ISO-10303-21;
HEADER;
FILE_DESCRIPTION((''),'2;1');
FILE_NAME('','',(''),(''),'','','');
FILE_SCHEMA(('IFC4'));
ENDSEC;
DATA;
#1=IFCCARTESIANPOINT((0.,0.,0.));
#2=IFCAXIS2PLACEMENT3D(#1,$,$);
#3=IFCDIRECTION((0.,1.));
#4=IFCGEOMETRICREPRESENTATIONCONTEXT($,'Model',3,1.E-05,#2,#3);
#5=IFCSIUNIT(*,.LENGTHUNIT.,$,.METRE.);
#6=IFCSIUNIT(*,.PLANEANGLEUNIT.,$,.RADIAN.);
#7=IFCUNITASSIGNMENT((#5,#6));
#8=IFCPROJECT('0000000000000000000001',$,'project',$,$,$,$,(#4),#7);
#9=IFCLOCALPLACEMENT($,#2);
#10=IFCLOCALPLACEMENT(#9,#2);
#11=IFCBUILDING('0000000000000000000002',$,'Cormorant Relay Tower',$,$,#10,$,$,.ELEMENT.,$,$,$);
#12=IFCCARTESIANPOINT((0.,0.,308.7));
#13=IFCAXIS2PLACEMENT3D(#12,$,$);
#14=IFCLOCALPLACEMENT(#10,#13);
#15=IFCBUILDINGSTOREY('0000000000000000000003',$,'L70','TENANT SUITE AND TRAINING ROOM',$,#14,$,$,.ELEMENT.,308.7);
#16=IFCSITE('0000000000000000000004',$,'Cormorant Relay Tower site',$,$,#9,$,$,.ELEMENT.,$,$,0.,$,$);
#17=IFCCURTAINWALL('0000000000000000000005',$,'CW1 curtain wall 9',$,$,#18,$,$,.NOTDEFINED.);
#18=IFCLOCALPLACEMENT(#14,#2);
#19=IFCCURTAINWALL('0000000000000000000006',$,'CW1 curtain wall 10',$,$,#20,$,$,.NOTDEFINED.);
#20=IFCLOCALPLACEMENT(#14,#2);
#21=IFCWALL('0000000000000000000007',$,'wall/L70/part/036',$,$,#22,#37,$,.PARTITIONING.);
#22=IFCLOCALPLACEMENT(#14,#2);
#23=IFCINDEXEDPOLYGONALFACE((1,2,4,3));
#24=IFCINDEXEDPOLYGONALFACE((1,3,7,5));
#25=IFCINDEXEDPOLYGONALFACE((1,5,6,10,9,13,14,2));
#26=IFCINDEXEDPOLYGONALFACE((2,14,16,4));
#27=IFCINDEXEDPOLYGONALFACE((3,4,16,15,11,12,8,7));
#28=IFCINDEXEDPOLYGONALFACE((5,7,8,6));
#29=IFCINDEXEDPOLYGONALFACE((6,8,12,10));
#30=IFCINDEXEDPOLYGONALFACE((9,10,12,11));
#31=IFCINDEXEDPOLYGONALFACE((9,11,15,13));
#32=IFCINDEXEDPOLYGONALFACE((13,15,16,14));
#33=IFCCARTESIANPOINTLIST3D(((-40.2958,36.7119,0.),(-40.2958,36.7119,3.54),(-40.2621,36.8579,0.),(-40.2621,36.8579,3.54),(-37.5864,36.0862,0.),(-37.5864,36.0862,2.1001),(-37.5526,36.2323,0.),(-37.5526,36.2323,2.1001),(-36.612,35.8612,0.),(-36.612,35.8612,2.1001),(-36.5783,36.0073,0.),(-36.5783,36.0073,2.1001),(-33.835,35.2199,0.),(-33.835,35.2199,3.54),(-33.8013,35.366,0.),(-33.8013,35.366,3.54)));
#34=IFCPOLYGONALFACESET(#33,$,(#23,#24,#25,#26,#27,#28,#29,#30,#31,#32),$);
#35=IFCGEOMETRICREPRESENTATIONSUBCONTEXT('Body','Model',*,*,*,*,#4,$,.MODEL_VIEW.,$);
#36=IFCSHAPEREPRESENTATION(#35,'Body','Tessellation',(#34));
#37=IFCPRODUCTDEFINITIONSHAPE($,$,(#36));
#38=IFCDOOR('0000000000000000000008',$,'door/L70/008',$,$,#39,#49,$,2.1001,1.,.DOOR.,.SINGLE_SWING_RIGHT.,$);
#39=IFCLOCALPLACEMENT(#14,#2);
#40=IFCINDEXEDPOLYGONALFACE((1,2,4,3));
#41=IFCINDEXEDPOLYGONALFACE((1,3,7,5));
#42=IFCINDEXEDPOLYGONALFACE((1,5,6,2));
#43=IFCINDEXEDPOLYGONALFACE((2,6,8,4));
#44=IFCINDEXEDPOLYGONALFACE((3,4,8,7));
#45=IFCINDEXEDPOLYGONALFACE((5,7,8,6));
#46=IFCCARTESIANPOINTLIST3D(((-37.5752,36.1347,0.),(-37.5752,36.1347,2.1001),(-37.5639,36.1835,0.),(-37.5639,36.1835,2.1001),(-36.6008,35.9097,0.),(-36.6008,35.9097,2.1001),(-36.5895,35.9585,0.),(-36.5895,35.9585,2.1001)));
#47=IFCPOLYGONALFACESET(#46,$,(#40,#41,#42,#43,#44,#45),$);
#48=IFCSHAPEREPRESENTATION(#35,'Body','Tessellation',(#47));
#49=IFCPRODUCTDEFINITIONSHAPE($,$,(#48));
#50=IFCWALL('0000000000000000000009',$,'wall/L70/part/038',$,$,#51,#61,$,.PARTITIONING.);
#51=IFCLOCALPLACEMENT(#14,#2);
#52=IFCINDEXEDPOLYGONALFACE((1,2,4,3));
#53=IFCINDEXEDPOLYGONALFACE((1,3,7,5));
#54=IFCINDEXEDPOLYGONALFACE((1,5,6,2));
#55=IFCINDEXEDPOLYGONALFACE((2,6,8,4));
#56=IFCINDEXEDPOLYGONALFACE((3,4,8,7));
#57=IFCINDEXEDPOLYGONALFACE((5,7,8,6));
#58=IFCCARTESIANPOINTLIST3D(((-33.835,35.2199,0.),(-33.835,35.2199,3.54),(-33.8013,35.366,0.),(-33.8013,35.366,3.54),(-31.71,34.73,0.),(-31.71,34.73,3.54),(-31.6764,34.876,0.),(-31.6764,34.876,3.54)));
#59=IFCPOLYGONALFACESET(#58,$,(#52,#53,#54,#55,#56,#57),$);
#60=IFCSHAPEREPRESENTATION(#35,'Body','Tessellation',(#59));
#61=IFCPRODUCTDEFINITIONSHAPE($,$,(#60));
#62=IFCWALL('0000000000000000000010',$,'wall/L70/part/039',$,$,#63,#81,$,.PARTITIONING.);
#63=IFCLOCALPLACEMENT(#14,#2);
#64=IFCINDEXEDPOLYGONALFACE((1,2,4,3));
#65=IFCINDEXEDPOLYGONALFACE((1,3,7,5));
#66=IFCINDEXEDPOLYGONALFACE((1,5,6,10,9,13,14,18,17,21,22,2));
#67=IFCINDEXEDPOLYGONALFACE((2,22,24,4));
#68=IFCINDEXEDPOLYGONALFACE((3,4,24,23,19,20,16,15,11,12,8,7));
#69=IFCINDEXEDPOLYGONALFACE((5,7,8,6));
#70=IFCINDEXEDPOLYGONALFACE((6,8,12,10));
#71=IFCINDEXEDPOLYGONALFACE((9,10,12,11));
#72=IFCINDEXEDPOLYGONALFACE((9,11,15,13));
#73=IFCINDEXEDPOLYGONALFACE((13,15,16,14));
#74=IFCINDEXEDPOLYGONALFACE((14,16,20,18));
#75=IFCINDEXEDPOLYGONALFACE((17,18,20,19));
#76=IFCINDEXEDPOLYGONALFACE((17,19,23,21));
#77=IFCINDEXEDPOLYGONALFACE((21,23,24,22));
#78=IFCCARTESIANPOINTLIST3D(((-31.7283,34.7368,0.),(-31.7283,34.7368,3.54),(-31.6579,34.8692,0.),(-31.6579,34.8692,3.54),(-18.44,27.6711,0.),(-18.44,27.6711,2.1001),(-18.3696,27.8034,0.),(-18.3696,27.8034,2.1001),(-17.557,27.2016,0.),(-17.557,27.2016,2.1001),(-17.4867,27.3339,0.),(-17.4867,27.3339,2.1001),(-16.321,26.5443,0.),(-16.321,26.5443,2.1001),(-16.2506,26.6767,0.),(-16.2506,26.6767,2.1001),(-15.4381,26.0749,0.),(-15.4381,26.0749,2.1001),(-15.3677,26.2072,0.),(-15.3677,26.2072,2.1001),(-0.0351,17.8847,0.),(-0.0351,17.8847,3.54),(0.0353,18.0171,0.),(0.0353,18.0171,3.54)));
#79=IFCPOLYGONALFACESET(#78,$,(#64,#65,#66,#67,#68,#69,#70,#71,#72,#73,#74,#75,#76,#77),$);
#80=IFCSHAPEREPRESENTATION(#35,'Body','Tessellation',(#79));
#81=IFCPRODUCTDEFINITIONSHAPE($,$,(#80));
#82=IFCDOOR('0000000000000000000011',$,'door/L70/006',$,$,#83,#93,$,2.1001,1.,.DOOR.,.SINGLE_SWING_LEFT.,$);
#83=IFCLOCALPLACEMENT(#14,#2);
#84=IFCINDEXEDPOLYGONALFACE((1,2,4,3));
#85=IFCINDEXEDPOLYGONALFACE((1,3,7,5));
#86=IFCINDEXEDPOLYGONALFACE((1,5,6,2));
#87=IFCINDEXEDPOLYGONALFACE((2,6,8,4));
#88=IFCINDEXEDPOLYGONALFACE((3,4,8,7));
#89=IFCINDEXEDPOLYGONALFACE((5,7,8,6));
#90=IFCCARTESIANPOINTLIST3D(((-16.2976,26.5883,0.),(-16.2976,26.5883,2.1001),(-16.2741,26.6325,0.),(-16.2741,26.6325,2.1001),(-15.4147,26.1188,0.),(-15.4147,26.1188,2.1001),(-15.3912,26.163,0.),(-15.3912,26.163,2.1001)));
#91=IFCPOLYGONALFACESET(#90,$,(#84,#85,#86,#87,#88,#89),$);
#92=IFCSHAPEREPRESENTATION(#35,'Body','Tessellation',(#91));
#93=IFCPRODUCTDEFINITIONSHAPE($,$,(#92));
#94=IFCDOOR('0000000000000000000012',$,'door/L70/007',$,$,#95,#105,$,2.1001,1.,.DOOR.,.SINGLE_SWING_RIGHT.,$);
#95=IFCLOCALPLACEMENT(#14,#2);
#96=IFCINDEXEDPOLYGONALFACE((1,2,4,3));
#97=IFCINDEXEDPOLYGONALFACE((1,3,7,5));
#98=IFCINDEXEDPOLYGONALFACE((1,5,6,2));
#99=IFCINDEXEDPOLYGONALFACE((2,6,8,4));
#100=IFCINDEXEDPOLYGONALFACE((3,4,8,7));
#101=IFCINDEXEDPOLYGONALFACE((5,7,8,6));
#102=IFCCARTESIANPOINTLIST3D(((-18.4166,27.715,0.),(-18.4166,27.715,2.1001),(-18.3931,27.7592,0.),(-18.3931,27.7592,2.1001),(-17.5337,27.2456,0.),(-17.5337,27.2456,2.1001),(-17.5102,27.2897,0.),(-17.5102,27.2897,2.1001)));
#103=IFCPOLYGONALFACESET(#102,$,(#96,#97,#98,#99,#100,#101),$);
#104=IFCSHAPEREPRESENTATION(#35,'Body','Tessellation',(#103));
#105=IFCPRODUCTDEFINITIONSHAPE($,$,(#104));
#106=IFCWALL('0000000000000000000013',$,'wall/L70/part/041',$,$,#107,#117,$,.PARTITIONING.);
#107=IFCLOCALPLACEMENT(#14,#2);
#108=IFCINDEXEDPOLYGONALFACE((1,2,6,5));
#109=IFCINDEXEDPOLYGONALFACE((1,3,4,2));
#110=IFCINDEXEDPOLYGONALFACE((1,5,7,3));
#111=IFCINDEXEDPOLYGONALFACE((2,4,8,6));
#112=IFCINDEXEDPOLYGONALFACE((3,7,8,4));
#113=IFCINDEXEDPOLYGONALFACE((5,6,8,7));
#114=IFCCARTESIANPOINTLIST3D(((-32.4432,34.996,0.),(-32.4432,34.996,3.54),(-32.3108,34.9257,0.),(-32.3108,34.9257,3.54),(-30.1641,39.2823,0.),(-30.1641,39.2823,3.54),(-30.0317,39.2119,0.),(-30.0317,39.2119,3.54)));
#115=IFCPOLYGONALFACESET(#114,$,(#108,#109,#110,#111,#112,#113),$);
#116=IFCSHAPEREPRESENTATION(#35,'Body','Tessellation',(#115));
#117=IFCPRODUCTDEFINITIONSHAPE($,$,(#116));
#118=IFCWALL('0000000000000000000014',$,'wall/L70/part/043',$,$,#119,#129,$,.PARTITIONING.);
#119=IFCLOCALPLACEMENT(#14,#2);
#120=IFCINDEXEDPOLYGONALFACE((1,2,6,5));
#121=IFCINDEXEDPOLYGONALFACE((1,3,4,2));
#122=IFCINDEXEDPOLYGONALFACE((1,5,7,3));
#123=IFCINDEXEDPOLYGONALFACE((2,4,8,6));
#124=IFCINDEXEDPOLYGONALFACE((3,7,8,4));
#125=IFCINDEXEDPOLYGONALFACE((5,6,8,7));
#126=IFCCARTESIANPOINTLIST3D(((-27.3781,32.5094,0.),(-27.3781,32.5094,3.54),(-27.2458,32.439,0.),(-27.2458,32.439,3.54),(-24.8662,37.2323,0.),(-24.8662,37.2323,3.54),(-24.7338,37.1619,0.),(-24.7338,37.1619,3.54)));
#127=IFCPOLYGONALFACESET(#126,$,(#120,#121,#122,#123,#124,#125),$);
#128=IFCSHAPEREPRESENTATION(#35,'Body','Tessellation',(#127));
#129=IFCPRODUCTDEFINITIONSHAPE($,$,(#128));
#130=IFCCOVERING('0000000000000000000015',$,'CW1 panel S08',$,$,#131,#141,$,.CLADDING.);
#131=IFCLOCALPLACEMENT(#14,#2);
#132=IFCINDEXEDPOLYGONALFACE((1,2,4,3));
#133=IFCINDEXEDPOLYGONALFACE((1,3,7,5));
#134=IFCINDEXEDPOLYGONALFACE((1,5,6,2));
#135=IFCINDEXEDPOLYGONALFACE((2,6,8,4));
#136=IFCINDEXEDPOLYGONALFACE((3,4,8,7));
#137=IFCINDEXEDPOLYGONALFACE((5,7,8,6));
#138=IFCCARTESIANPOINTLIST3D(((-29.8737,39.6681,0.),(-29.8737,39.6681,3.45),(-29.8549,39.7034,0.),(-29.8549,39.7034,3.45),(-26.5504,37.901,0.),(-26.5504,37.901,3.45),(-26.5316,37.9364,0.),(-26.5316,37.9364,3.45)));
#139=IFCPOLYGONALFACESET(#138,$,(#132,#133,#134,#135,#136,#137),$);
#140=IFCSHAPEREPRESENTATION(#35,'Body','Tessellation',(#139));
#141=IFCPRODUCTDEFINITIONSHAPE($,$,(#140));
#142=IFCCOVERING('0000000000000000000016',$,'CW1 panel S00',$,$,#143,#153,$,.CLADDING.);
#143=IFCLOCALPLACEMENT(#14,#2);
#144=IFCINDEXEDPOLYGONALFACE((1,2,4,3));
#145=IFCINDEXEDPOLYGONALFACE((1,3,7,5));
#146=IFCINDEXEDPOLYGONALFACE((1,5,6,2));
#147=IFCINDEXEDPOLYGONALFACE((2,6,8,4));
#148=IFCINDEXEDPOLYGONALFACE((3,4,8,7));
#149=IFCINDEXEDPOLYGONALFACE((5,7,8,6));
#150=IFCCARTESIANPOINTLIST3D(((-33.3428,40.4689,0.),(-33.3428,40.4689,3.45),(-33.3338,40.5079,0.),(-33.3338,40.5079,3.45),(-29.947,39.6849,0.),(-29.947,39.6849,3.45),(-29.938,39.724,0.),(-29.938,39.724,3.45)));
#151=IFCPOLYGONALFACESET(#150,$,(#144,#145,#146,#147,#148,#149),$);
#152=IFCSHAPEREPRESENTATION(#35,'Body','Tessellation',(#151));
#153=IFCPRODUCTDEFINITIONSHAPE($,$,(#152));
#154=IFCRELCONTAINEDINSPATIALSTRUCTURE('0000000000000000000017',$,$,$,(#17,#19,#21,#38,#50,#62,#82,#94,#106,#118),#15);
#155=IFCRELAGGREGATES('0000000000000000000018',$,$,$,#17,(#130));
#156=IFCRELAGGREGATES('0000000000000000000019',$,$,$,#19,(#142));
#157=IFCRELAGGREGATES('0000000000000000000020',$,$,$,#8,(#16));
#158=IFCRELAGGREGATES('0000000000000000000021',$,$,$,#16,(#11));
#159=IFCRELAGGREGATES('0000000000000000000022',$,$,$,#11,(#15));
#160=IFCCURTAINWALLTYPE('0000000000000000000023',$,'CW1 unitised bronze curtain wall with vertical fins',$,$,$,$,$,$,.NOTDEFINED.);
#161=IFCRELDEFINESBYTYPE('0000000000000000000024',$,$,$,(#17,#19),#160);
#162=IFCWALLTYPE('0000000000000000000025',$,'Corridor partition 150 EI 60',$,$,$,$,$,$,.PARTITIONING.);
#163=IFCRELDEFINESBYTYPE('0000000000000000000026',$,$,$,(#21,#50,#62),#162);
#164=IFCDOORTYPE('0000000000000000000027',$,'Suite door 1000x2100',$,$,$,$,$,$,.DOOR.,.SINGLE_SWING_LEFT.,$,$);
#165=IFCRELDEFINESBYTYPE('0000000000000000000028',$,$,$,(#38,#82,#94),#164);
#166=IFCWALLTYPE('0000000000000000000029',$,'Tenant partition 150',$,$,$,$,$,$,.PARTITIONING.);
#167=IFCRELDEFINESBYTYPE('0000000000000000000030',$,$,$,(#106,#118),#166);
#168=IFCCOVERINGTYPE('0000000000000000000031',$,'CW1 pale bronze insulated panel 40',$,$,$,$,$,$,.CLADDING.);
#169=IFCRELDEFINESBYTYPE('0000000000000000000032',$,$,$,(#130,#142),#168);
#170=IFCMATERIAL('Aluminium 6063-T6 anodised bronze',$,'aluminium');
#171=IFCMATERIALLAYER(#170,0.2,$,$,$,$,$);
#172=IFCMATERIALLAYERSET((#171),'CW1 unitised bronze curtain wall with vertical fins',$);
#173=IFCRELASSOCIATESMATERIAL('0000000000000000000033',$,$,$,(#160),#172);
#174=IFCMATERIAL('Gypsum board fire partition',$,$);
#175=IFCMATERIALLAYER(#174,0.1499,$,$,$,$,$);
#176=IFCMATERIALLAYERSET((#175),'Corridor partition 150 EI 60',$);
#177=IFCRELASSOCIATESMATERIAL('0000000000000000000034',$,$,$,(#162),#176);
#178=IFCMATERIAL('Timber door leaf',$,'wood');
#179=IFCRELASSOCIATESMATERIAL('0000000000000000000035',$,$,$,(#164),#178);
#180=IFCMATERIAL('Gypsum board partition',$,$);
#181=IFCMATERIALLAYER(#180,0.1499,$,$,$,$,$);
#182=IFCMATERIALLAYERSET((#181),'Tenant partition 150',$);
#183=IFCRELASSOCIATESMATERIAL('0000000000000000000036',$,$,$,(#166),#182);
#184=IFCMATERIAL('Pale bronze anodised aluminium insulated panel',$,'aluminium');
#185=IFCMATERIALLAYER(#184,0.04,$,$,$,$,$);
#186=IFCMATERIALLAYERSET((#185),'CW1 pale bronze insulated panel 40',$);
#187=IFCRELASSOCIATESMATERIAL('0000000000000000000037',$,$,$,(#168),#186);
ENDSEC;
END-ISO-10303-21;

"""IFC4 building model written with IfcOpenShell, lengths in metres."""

from ifc_helpers import new_model, si_unit, direction, frame, frame_2d, origin, origin_2d, place, context, subcontext, project, spatial, rectangle, extrude, material, layer, layer_set, type_object, element, fill, aggregate, save


model = new_model("IFC4")

# Units and contexts
model_context = context("Model", 3, precision=1e-05, world=origin(), true_north=direction((0.0, 1.0)))
body_context = subcontext(model_context, "Body", "Model", "MODEL_VIEW")
ifc_project = project(units=[si_unit("LENGTHUNIT", "METRE"), si_unit("PLANEANGLEUNIT", "RADIAN")], contexts=[model_context])

# Site, building, storey
site_placement = place(None, origin())
site = spatial("IfcSite", under=ifc_project, at=site_placement, Name="Cormorant Relay Tower site", CompositionType="ELEMENT", RefElevation=0.0)
building_placement = place(site_placement, origin())
building = spatial("IfcBuilding", under=site, at=building_placement, Name="Cormorant Relay Tower", CompositionType="ELEMENT")
storey_placement = place(building_placement, frame((0.0, 0.0, 308.7)))
storey = spatial("IfcBuildingStorey", under=building, at=storey_placement, Name="L70", Description="TENANT SUITE AND TRAINING ROOM", CompositionType="ELEMENT", Elevation=308.7)

# Curtain wall
ifc_material_1 = material(Name="Aluminium 6063-T6 anodised bronze", Category="aluminium")
ifc_layer_1 = layer(ifc_material_1, 0.2)
ifc_layer_set_1 = layer_set([ifc_layer_1], Name="CW1 unitised bronze curtain wall with vertical fins")
curtain_wall_type = type_object("IfcCurtainWallType", Name="CW1 unitised bronze curtain wall with vertical fins", PredefinedType="NOTDEFINED", material=ifc_layer_set_1)
curtain_wall_1_placement = place(storey_placement, origin())
curtain_wall_1 = element("IfcCurtainWall", 1, at=curtain_wall_1_placement, inside=storey, type_object=curtain_wall_type, Name="CW1 curtain wall 9", PredefinedType="NOTDEFINED")

# Curtain wall
curtain_wall_2_placement = place(storey_placement, origin())
curtain_wall_2 = element("IfcCurtainWall", 2, at=curtain_wall_2_placement, inside=storey, type_object=curtain_wall_type, Name="CW1 curtain wall 10", PredefinedType="NOTDEFINED")

# Shared definitions
ifc_material_2 = material(Name="Gypsum board fire partition")
ifc_layer_2 = layer(ifc_material_2, 0.1499)
ifc_layer_set_2 = layer_set([ifc_layer_2], Name="Corridor partition 150 EI 60")
wall_type_1 = type_object("IfcWallType", Name="Corridor partition 150 EI 60", PredefinedType="PARTITIONING", material=ifc_layer_set_2)

# Wall, opening, door
wall_1_placement = place(storey_placement, frame((-33.8181, 35.293, 0.0), z_axis=(0.0, 0.0, 1.0), x_axis=(-0.97436, 0.224997, 0.0)))
wall_1 = element("IfcWall", 3, at=wall_1_placement, inside=storey, type_object=wall_type_1, Name="wall/L70/part/036", PredefinedType="PARTITIONING", context=body_context, shape_type="SweptSolid", body=[
    extrude(rectangle(XDim=6.6309, YDim=0.1499, at=frame_2d((3.3154, 0.0))), origin(), (0.0, 0.0, 1.0), 3.54),
])
opening_1_placement = place(wall_1_placement, frame((2.8501, 0.0, 0.0)))
opening_1 = element("IfcOpeningElement", 4, at=opening_1_placement, cuts=wall_1, PredefinedType="OPENING", context=body_context, shape_type="SweptSolid", body=[
    extrude(rectangle(XDim=1.0, YDim=2.1001, at=frame_2d((0.5, 1.05))), frame((0.0, 0.085, 0.0), z_axis=(0.0, -1.0, 0.0), x_axis=(1.0, 0.0, 0.0)), (0.0, 0.0, 1.0), 0.1699),
])
ifc_material_3 = material(Name="Timber door leaf", Category="wood")
door_type_1 = type_object("IfcDoorType", Name="Suite door 1000x2100", OperationType="SINGLE_SWING_LEFT", PredefinedType="DOOR", material=ifc_material_3)
door_1_placement = place(opening_1_placement, frame((1.0, 0.0, 0.0), z_axis=(0.0, 0.0, 1.0), x_axis=(-1.0, 0.0, 0.0)))
door_1 = element("IfcDoor", 5, at=door_1_placement, inside=storey, type_object=door_type_1, Name="door/L70/008", OperationType="SINGLE_SWING_RIGHT", OverallHeight=2.1001, OverallWidth=1.0, PredefinedType="DOOR", context=body_context, shape_type="SweptSolid", body=[
    extrude(rectangle(XDim=1.0, YDim=2.1001, at=frame_2d((0.5, 1.05))), frame((0.0, 0.0249, 0.0), z_axis=(0.0, -1.0, 0.0), x_axis=(1.0, 0.0, 0.0)), (0.0, 0.0, 1.0), 0.05),
])
fill(opening_1, door_1)

# Wall
wall_2_placement = place(storey_placement, frame((-33.8181, 35.293, 0.0), z_axis=(0.0, 0.0, 1.0), x_axis=(0.974431, -0.224688, 0.0)))
element("IfcWall", 6, at=wall_2_placement, inside=storey, type_object=wall_type_1, Name="wall/L70/part/038", PredefinedType="PARTITIONING", context=body_context, shape_type="SweptSolid", body=[
    extrude(rectangle(XDim=2.1807, YDim=0.1499, at=frame_2d((1.0903, 0.0))), origin(), (0.0, 0.0, 1.0), 3.54),
])

# Wall, openings, doors
wall_3_placement = place(storey_placement, frame((-31.6931, 34.803, 0.0), z_axis=(0.0, 0.0, 1.0), x_axis=(0.882942, -0.469483, 0.0)))
wall_3 = element("IfcWall", 7, at=wall_3_placement, inside=storey, type_object=wall_type_1, Name="wall/L70/part/039", PredefinedType="PARTITIONING", context=body_context, shape_type="SweptSolid", body=[
    extrude(rectangle(XDim=35.895, YDim=0.1499, at=frame_2d((17.9475, 0.0))), origin(), (0.0, 0.0, 1.0), 3.54),
])
opening_2_placement = place(wall_3_placement, frame((17.45, 0.0, 0.0)))
opening_2 = element("IfcOpeningElement", 8, at=opening_2_placement, cuts=wall_3, PredefinedType="OPENING", context=body_context, shape_type="SweptSolid", body=[
    extrude(rectangle(XDim=1.0, YDim=2.1001, at=frame_2d((0.5, 1.05))), frame((0.0, 0.085, 0.0), z_axis=(0.0, -1.0, 0.0), x_axis=(1.0, 0.0, 0.0)), (0.0, 0.0, 1.0), 0.1699),
])
opening_3_placement = place(wall_3_placement, frame((15.05, 0.0, 0.0)))
opening_3 = element("IfcOpeningElement", 9, at=opening_3_placement, cuts=wall_3, PredefinedType="OPENING", context=body_context, shape_type="SweptSolid", body=[
    extrude(rectangle(XDim=1.0, YDim=2.1001, at=frame_2d((0.5, 1.05))), frame((0.0, 0.085, 0.0), z_axis=(0.0, -1.0, 0.0), x_axis=(1.0, 0.0, 0.0)), (0.0, 0.0, 1.0), 0.1699),
])
door_2_placement = place(opening_2_placement, origin())
door_2 = element("IfcDoor", 10, at=door_2_placement, inside=storey, type_object=door_type_1, Name="door/L70/006", OperationType="SINGLE_SWING_LEFT", OverallHeight=2.1001, OverallWidth=1.0, PredefinedType="DOOR", context=body_context, shape_type="SweptSolid", body=[
    extrude(rectangle(XDim=1.0, YDim=2.1001, at=frame_2d((0.5, 1.05))), frame((0.0, 0.0249, 0.0), z_axis=(0.0, -1.0, 0.0), x_axis=(1.0, 0.0, 0.0)), (0.0, 0.0, 1.0), 0.05),
])
fill(opening_2, door_2)
door_3_placement = place(opening_3_placement, origin())
door_3 = element("IfcDoor", 11, at=door_3_placement, inside=storey, type_object=door_type_1, Name="door/L70/007", OperationType="SINGLE_SWING_RIGHT", OverallHeight=2.1001, OverallWidth=1.0, PredefinedType="DOOR", context=body_context, shape_type="SweptSolid", body=[
    extrude(rectangle(XDim=1.0, YDim=2.1001, at=frame_2d((0.5, 1.05))), frame((0.0, 0.0249, 0.0), z_axis=(0.0, -1.0, 0.0), x_axis=(1.0, 0.0, 0.0)), (0.0, 0.0, 1.0), 0.05),
])
fill(opening_3, door_3)

# Walls
ifc_material_4 = material(Name="Gypsum board partition")
ifc_layer_3 = layer(ifc_material_4, 0.1499)
ifc_layer_set_3 = layer_set([ifc_layer_3], Name="Tenant partition 150")
wall_type_2 = type_object("IfcWallType", Name="Tenant partition 150", PredefinedType="PARTITIONING", material=ifc_layer_set_3)
wall_4_placement = place(storey_placement, frame((-30.0979, 39.2471, 0.0), z_axis=(0.0, 0.0, 1.0), x_axis=(-0.469484, -0.882941, 0.0)))
element("IfcWall", 12, at=wall_4_placement, inside=storey, type_object=wall_type_2, Name="wall/L70/part/041", PredefinedType="PARTITIONING", context=body_context, shape_type="SweptSolid", body=[
    extrude(rectangle(XDim=4.8545, YDim=0.1499, at=frame_2d((2.4272, 0.0))), origin(), (0.0, 0.0, 1.0), 3.54),
])
wall_5_placement = place(storey_placement, frame((-27.312, 32.4741, 0.0), z_axis=(0.0, 0.0, 1.0), x_axis=(0.469581, 0.882889, 0.0)))
element("IfcWall", 13, at=wall_5_placement, inside=storey, type_object=wall_type_2, Name="wall/L70/part/043", PredefinedType="PARTITIONING", context=body_context, shape_type="SweptSolid", body=[
    extrude(rectangle(XDim=5.3494, YDim=0.1499, at=frame_2d((2.6748, 0.0))), origin(), (0.0, 0.0, 1.0), 3.54),
])

# Coverings
ifc_material_5 = material(Name="Pale bronze anodised aluminium insulated panel", Category="aluminium")
ifc_layer_4 = layer(ifc_material_5, 0.04)
ifc_layer_set_4 = layer_set([ifc_layer_4], Name="CW1 pale bronze insulated panel 40")
covering_type = type_object("IfcCoveringType", Name="CW1 pale bronze insulated panel 40", PredefinedType="CLADDING", material=ifc_layer_set_4)
covering_1_placement = place(storey_placement, frame((-28.2026, 38.8022, 0.0), z_axis=(0.0, 0.0, 1.0), x_axis=(-0.882948, 0.469472, 0.0)))
covering_1 = element("IfcCovering", 14, at=covering_1_placement, type_object=covering_type, Name="CW1 panel S08", PredefinedType="CLADDING", context=body_context, shape_type="SweptSolid", body=[
    extrude(rectangle(XDim=3.7639, YDim=0.04, at=origin_2d()), origin(), (0.0, 0.0, 1.0), 3.45),
])
aggregate(curtain_wall_1, [covering_1])
covering_2_placement = place(storey_placement, frame((-31.6404, 40.0964, 0.0), z_axis=(0.0, 0.0, 1.0), x_axis=(-0.97437, 0.224951, 0.0)))
covering_2 = element("IfcCovering", 15, at=covering_2_placement, type_object=covering_type, Name="CW1 panel S00", PredefinedType="CLADDING", context=body_context, shape_type="SweptSolid", body=[
    extrude(rectangle(XDim=3.4851, YDim=0.04, at=origin_2d()), origin(), (0.0, 0.0, 1.0), 3.45),
])
aggregate(curtain_wall_2, [covering_2])

save(model, "model.ifc")
